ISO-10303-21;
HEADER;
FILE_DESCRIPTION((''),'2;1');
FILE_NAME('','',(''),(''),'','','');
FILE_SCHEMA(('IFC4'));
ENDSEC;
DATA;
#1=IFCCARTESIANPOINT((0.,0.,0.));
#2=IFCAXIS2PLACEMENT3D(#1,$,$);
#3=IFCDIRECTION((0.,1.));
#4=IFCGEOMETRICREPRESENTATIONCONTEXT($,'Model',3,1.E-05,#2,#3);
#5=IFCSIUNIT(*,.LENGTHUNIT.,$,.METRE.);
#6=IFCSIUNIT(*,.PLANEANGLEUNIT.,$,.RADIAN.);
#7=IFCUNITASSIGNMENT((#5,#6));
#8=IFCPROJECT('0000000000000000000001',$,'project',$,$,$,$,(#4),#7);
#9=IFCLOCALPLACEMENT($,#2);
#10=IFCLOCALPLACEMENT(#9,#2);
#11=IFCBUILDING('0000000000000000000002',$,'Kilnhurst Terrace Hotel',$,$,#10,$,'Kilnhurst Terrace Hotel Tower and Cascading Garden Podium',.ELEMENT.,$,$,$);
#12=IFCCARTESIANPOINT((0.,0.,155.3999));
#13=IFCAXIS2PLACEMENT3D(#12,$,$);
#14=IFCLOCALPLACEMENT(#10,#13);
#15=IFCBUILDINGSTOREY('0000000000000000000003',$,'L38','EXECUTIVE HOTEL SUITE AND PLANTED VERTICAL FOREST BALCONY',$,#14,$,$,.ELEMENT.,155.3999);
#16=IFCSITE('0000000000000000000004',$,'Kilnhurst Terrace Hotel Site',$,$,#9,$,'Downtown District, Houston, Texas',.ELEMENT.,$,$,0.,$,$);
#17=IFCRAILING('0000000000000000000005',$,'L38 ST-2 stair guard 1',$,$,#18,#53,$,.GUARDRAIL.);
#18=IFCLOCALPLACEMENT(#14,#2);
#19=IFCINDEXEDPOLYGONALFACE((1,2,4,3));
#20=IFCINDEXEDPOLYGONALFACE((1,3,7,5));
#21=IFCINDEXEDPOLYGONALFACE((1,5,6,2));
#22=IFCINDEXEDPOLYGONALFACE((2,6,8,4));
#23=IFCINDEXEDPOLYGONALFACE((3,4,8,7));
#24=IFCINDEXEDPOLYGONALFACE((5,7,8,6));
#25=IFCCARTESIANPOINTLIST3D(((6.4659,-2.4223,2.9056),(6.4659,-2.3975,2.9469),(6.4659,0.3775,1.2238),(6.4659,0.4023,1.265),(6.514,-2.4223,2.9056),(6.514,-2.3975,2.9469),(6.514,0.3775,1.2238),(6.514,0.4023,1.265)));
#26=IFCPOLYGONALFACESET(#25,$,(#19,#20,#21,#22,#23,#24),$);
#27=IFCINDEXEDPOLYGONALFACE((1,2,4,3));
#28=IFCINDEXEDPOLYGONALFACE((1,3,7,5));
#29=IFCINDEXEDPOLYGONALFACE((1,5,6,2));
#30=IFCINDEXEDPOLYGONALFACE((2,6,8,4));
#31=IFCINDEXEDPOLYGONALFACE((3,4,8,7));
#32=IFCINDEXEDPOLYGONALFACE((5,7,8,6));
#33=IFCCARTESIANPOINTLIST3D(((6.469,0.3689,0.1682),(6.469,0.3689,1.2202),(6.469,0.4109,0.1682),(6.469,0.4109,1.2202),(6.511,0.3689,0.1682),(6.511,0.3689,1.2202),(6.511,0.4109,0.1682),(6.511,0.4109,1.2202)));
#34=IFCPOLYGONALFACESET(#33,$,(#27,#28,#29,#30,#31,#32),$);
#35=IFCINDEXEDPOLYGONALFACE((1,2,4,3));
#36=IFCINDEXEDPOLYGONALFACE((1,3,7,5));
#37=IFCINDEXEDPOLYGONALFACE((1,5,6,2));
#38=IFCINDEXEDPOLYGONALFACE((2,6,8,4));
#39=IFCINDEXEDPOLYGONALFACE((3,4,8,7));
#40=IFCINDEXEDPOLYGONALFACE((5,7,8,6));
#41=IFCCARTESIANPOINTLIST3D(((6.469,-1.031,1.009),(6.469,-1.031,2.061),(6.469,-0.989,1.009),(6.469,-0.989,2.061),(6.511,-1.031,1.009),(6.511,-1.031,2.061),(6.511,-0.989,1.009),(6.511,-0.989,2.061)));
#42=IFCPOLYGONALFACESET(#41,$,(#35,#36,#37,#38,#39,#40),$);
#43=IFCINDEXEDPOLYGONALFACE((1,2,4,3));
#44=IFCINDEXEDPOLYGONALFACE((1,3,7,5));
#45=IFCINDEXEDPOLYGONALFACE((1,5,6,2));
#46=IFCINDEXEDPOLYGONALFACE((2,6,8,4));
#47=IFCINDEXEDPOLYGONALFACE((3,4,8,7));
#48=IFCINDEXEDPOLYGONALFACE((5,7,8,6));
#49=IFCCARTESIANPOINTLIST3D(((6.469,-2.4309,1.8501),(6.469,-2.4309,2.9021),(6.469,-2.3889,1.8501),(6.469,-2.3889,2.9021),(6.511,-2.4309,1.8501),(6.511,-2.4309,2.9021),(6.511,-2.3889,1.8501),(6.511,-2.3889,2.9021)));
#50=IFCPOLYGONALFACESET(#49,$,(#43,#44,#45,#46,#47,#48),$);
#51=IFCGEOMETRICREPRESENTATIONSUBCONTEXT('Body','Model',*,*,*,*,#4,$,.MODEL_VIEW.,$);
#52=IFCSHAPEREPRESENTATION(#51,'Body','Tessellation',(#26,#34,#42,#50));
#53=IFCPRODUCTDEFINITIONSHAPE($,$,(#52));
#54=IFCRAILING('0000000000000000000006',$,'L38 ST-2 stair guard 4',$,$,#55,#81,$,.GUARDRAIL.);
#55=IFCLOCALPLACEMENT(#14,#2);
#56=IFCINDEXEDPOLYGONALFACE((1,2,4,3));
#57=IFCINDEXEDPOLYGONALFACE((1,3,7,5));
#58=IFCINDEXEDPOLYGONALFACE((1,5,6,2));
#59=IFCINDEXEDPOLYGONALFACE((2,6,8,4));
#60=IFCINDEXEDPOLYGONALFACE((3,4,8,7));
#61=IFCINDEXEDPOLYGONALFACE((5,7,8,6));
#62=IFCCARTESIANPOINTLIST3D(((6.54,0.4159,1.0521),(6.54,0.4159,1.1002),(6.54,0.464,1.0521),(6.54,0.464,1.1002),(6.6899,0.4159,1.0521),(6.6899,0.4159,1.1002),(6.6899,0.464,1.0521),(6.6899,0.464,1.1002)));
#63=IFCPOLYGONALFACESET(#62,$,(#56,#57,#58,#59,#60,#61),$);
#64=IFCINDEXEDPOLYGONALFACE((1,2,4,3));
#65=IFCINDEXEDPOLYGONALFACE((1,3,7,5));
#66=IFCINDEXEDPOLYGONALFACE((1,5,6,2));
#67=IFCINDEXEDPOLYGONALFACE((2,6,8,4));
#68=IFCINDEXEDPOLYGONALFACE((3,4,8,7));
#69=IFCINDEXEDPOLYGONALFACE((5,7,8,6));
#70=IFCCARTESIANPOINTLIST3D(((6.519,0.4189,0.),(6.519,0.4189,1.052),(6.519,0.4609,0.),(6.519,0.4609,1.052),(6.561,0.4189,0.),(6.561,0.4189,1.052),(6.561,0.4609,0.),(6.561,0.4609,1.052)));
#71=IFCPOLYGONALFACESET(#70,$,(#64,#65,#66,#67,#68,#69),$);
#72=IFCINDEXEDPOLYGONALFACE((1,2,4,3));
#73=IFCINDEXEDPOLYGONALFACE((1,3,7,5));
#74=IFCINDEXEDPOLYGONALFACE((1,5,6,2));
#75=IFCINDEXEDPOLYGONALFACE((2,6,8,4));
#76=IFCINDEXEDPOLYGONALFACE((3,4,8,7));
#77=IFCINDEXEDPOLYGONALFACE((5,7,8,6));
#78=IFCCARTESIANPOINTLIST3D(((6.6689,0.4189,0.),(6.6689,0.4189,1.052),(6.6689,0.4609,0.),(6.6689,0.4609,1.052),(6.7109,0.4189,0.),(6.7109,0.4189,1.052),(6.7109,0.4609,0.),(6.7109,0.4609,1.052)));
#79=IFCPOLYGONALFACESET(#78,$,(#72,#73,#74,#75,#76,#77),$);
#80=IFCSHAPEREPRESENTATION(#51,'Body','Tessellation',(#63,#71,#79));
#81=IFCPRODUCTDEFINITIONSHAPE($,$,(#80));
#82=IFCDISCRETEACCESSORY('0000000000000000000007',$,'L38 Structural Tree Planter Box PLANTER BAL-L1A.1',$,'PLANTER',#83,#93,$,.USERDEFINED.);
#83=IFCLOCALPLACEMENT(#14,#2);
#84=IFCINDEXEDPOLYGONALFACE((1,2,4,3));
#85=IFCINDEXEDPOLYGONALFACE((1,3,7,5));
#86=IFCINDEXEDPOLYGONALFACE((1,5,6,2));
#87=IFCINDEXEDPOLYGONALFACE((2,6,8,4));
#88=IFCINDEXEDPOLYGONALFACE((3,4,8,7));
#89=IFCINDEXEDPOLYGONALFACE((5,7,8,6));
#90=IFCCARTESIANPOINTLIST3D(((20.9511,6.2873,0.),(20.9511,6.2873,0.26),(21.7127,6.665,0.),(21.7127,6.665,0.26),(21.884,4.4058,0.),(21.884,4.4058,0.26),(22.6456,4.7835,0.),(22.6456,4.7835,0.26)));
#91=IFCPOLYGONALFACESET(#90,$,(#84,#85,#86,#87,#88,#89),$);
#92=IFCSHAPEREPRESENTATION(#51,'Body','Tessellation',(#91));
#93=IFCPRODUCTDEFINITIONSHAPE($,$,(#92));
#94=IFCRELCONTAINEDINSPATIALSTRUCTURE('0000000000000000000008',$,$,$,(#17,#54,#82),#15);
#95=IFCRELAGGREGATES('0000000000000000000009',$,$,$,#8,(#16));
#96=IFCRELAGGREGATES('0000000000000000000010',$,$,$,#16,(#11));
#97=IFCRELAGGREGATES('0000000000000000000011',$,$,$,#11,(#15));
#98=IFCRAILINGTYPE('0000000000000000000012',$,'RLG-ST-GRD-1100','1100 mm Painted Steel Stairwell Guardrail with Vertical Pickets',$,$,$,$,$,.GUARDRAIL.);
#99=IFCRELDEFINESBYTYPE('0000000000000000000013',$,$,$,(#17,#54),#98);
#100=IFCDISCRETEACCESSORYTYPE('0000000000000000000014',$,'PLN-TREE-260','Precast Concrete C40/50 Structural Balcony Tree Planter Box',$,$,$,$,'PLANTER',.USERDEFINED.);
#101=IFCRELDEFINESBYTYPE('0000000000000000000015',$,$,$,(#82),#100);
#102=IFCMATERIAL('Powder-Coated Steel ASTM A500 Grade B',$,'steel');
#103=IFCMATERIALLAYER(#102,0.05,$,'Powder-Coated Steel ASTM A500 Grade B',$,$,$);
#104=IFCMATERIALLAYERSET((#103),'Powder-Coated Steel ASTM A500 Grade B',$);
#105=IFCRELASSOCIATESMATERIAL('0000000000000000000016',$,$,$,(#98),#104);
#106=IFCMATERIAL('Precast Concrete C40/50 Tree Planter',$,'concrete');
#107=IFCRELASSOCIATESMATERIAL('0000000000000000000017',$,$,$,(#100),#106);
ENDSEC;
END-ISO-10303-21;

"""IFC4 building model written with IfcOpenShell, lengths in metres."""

from ifc_helpers import new_model, si_unit, direction, frame, origin, origin_2d, place, context, subcontext, project, spatial, rectangle, extrude, material, layer, layer_set, type_object, element, save


model = new_model("IFC4")

# Units and contexts
model_context = context("Model", 3, precision=1e-05, world=origin(), true_north=direction((0.0, 1.0)))
body_context = subcontext(model_context, "Body", "Model", "MODEL_VIEW")
ifc_project = project(units=[si_unit("LENGTHUNIT", "METRE"), si_unit("PLANEANGLEUNIT", "RADIAN")], contexts=[model_context])

# Site, building, storey
site_placement = place(None, origin())
site = spatial("IfcSite", under=ifc_project, at=site_placement, Name="Kilnhurst Terrace Hotel Site", LongName="Downtown District, Houston, Texas", CompositionType="ELEMENT", RefElevation=0.0)
building_placement = place(site_placement, origin())
building = spatial("IfcBuilding", under=site, at=building_placement, Name="Kilnhurst Terrace Hotel", LongName="Kilnhurst Terrace Hotel Tower and Cascading Garden Podium", CompositionType="ELEMENT")
storey_placement = place(building_placement, frame((0.0, 0.0, 155.3999)))
storey = spatial("IfcBuildingStorey", under=building, at=storey_placement, Name="L38", Description="EXECUTIVE HOTEL SUITE AND PLANTED VERTICAL FOREST BALCONY", CompositionType="ELEMENT", Elevation=155.3999)

# Railings
ifc_material_1 = material(Name="Powder-Coated Steel ASTM A500 Grade B", Category="steel")
ifc_layer_1 = layer(ifc_material_1, 0.05, Name="Powder-Coated Steel ASTM A500 Grade B")
ifc_layer_set_1 = layer_set([ifc_layer_1], Name="Powder-Coated Steel ASTM A500 Grade B")
railing_type = type_object("IfcRailingType", Name="RLG-ST-GRD-1100", Description="1100 mm Painted Steel Stairwell Guardrail with Vertical Pickets", PredefinedType="GUARDRAIL", material=ifc_layer_set_1)
railing_1_placement = place(storey_placement, frame((6.49, 0.3899, 0.1682)))
element("IfcRailing", 1, at=railing_1_placement, inside=storey, type_object=railing_type, Name="L38 ST-2 stair guard 1", PredefinedType="GUARDRAIL", context=body_context, shape_type="SweptSolid", body=[
    extrude(rectangle(XDim=0.0481, YDim=0.0481, at=origin_2d()), frame((0.0, 0.0, 1.0762), z_axis=(0.0, -0.857222, 0.514946), x_axis=(1.0, 0.0, 0.0)), (0.0, 0.0, 1.0), 3.2661),
    extrude(rectangle(XDim=0.042, YDim=0.042, at=origin_2d()), origin(), (0.0, 0.0, 1.0), 1.052),
    extrude(rectangle(XDim=0.042, YDim=0.042, at=origin_2d()), frame((0.0, -1.3999, 0.8408)), (0.0, 0.0, 1.0), 1.052),
    extrude(rectangle(XDim=0.042, YDim=0.042, at=origin_2d()), frame((0.0, -2.7998, 1.6819)), (0.0, 0.0, 1.0), 1.052),
])
railing_2_placement = place(storey_placement, frame((6.54, 0.4399, 0.0)))
element("IfcRailing", 2, at=railing_2_placement, inside=storey, type_object=railing_type, Name="L38 ST-2 stair guard 4", PredefinedType="GUARDRAIL", context=body_context, shape_type="SweptSolid", body=[
    extrude(rectangle(XDim=0.0481, YDim=0.0481, at=origin_2d()), frame((0.0, 0.0, 1.0762), z_axis=(1.0, 0.0, 0.0), x_axis=(0.0, 1.0, 0.0)), (0.0, 0.0, 1.0), 0.1499),
    extrude(rectangle(XDim=0.042, YDim=0.042, at=origin_2d()), origin(), (0.0, 0.0, 1.0), 1.052),
    extrude(rectangle(XDim=0.042, YDim=0.042, at=origin_2d()), frame((0.1499, 0.0, 0.0)), (0.0, 0.0, 1.0), 1.052),
])

# Discrete accessory
ifc_material_2 = material(Name="Precast Concrete C40/50 Tree Planter", Category="concrete")
discrete_accessory_type = type_object("IfcDiscreteAccessoryType", Name="PLN-TREE-260", Description="Precast Concrete C40/50 Structural Balcony Tree Planter Box", ElementType="PLANTER", PredefinedType="USERDEFINED", material=ifc_material_2)
discrete_accessory_placement = place(storey_placement, frame((21.7983, 5.5354, 0.0), z_axis=(0.0, 0.0, 1.0), x_axis=(-0.444244, 0.895906, 0.0)))
element("IfcDiscreteAccessory", 3, at=discrete_accessory_placement, inside=storey, type_object=discrete_accessory_type, Name="L38 Structural Tree Planter Box PLANTER BAL-L1A.1", ObjectType="PLANTER", PredefinedType="USERDEFINED", context=body_context, shape_type="SweptSolid", body=[
    extrude(rectangle(XDim=2.1001, YDim=0.8501, at=origin_2d()), origin(), (0.0, 0.0, 1.0), 0.26),
])

save(model, "model.ifc")
